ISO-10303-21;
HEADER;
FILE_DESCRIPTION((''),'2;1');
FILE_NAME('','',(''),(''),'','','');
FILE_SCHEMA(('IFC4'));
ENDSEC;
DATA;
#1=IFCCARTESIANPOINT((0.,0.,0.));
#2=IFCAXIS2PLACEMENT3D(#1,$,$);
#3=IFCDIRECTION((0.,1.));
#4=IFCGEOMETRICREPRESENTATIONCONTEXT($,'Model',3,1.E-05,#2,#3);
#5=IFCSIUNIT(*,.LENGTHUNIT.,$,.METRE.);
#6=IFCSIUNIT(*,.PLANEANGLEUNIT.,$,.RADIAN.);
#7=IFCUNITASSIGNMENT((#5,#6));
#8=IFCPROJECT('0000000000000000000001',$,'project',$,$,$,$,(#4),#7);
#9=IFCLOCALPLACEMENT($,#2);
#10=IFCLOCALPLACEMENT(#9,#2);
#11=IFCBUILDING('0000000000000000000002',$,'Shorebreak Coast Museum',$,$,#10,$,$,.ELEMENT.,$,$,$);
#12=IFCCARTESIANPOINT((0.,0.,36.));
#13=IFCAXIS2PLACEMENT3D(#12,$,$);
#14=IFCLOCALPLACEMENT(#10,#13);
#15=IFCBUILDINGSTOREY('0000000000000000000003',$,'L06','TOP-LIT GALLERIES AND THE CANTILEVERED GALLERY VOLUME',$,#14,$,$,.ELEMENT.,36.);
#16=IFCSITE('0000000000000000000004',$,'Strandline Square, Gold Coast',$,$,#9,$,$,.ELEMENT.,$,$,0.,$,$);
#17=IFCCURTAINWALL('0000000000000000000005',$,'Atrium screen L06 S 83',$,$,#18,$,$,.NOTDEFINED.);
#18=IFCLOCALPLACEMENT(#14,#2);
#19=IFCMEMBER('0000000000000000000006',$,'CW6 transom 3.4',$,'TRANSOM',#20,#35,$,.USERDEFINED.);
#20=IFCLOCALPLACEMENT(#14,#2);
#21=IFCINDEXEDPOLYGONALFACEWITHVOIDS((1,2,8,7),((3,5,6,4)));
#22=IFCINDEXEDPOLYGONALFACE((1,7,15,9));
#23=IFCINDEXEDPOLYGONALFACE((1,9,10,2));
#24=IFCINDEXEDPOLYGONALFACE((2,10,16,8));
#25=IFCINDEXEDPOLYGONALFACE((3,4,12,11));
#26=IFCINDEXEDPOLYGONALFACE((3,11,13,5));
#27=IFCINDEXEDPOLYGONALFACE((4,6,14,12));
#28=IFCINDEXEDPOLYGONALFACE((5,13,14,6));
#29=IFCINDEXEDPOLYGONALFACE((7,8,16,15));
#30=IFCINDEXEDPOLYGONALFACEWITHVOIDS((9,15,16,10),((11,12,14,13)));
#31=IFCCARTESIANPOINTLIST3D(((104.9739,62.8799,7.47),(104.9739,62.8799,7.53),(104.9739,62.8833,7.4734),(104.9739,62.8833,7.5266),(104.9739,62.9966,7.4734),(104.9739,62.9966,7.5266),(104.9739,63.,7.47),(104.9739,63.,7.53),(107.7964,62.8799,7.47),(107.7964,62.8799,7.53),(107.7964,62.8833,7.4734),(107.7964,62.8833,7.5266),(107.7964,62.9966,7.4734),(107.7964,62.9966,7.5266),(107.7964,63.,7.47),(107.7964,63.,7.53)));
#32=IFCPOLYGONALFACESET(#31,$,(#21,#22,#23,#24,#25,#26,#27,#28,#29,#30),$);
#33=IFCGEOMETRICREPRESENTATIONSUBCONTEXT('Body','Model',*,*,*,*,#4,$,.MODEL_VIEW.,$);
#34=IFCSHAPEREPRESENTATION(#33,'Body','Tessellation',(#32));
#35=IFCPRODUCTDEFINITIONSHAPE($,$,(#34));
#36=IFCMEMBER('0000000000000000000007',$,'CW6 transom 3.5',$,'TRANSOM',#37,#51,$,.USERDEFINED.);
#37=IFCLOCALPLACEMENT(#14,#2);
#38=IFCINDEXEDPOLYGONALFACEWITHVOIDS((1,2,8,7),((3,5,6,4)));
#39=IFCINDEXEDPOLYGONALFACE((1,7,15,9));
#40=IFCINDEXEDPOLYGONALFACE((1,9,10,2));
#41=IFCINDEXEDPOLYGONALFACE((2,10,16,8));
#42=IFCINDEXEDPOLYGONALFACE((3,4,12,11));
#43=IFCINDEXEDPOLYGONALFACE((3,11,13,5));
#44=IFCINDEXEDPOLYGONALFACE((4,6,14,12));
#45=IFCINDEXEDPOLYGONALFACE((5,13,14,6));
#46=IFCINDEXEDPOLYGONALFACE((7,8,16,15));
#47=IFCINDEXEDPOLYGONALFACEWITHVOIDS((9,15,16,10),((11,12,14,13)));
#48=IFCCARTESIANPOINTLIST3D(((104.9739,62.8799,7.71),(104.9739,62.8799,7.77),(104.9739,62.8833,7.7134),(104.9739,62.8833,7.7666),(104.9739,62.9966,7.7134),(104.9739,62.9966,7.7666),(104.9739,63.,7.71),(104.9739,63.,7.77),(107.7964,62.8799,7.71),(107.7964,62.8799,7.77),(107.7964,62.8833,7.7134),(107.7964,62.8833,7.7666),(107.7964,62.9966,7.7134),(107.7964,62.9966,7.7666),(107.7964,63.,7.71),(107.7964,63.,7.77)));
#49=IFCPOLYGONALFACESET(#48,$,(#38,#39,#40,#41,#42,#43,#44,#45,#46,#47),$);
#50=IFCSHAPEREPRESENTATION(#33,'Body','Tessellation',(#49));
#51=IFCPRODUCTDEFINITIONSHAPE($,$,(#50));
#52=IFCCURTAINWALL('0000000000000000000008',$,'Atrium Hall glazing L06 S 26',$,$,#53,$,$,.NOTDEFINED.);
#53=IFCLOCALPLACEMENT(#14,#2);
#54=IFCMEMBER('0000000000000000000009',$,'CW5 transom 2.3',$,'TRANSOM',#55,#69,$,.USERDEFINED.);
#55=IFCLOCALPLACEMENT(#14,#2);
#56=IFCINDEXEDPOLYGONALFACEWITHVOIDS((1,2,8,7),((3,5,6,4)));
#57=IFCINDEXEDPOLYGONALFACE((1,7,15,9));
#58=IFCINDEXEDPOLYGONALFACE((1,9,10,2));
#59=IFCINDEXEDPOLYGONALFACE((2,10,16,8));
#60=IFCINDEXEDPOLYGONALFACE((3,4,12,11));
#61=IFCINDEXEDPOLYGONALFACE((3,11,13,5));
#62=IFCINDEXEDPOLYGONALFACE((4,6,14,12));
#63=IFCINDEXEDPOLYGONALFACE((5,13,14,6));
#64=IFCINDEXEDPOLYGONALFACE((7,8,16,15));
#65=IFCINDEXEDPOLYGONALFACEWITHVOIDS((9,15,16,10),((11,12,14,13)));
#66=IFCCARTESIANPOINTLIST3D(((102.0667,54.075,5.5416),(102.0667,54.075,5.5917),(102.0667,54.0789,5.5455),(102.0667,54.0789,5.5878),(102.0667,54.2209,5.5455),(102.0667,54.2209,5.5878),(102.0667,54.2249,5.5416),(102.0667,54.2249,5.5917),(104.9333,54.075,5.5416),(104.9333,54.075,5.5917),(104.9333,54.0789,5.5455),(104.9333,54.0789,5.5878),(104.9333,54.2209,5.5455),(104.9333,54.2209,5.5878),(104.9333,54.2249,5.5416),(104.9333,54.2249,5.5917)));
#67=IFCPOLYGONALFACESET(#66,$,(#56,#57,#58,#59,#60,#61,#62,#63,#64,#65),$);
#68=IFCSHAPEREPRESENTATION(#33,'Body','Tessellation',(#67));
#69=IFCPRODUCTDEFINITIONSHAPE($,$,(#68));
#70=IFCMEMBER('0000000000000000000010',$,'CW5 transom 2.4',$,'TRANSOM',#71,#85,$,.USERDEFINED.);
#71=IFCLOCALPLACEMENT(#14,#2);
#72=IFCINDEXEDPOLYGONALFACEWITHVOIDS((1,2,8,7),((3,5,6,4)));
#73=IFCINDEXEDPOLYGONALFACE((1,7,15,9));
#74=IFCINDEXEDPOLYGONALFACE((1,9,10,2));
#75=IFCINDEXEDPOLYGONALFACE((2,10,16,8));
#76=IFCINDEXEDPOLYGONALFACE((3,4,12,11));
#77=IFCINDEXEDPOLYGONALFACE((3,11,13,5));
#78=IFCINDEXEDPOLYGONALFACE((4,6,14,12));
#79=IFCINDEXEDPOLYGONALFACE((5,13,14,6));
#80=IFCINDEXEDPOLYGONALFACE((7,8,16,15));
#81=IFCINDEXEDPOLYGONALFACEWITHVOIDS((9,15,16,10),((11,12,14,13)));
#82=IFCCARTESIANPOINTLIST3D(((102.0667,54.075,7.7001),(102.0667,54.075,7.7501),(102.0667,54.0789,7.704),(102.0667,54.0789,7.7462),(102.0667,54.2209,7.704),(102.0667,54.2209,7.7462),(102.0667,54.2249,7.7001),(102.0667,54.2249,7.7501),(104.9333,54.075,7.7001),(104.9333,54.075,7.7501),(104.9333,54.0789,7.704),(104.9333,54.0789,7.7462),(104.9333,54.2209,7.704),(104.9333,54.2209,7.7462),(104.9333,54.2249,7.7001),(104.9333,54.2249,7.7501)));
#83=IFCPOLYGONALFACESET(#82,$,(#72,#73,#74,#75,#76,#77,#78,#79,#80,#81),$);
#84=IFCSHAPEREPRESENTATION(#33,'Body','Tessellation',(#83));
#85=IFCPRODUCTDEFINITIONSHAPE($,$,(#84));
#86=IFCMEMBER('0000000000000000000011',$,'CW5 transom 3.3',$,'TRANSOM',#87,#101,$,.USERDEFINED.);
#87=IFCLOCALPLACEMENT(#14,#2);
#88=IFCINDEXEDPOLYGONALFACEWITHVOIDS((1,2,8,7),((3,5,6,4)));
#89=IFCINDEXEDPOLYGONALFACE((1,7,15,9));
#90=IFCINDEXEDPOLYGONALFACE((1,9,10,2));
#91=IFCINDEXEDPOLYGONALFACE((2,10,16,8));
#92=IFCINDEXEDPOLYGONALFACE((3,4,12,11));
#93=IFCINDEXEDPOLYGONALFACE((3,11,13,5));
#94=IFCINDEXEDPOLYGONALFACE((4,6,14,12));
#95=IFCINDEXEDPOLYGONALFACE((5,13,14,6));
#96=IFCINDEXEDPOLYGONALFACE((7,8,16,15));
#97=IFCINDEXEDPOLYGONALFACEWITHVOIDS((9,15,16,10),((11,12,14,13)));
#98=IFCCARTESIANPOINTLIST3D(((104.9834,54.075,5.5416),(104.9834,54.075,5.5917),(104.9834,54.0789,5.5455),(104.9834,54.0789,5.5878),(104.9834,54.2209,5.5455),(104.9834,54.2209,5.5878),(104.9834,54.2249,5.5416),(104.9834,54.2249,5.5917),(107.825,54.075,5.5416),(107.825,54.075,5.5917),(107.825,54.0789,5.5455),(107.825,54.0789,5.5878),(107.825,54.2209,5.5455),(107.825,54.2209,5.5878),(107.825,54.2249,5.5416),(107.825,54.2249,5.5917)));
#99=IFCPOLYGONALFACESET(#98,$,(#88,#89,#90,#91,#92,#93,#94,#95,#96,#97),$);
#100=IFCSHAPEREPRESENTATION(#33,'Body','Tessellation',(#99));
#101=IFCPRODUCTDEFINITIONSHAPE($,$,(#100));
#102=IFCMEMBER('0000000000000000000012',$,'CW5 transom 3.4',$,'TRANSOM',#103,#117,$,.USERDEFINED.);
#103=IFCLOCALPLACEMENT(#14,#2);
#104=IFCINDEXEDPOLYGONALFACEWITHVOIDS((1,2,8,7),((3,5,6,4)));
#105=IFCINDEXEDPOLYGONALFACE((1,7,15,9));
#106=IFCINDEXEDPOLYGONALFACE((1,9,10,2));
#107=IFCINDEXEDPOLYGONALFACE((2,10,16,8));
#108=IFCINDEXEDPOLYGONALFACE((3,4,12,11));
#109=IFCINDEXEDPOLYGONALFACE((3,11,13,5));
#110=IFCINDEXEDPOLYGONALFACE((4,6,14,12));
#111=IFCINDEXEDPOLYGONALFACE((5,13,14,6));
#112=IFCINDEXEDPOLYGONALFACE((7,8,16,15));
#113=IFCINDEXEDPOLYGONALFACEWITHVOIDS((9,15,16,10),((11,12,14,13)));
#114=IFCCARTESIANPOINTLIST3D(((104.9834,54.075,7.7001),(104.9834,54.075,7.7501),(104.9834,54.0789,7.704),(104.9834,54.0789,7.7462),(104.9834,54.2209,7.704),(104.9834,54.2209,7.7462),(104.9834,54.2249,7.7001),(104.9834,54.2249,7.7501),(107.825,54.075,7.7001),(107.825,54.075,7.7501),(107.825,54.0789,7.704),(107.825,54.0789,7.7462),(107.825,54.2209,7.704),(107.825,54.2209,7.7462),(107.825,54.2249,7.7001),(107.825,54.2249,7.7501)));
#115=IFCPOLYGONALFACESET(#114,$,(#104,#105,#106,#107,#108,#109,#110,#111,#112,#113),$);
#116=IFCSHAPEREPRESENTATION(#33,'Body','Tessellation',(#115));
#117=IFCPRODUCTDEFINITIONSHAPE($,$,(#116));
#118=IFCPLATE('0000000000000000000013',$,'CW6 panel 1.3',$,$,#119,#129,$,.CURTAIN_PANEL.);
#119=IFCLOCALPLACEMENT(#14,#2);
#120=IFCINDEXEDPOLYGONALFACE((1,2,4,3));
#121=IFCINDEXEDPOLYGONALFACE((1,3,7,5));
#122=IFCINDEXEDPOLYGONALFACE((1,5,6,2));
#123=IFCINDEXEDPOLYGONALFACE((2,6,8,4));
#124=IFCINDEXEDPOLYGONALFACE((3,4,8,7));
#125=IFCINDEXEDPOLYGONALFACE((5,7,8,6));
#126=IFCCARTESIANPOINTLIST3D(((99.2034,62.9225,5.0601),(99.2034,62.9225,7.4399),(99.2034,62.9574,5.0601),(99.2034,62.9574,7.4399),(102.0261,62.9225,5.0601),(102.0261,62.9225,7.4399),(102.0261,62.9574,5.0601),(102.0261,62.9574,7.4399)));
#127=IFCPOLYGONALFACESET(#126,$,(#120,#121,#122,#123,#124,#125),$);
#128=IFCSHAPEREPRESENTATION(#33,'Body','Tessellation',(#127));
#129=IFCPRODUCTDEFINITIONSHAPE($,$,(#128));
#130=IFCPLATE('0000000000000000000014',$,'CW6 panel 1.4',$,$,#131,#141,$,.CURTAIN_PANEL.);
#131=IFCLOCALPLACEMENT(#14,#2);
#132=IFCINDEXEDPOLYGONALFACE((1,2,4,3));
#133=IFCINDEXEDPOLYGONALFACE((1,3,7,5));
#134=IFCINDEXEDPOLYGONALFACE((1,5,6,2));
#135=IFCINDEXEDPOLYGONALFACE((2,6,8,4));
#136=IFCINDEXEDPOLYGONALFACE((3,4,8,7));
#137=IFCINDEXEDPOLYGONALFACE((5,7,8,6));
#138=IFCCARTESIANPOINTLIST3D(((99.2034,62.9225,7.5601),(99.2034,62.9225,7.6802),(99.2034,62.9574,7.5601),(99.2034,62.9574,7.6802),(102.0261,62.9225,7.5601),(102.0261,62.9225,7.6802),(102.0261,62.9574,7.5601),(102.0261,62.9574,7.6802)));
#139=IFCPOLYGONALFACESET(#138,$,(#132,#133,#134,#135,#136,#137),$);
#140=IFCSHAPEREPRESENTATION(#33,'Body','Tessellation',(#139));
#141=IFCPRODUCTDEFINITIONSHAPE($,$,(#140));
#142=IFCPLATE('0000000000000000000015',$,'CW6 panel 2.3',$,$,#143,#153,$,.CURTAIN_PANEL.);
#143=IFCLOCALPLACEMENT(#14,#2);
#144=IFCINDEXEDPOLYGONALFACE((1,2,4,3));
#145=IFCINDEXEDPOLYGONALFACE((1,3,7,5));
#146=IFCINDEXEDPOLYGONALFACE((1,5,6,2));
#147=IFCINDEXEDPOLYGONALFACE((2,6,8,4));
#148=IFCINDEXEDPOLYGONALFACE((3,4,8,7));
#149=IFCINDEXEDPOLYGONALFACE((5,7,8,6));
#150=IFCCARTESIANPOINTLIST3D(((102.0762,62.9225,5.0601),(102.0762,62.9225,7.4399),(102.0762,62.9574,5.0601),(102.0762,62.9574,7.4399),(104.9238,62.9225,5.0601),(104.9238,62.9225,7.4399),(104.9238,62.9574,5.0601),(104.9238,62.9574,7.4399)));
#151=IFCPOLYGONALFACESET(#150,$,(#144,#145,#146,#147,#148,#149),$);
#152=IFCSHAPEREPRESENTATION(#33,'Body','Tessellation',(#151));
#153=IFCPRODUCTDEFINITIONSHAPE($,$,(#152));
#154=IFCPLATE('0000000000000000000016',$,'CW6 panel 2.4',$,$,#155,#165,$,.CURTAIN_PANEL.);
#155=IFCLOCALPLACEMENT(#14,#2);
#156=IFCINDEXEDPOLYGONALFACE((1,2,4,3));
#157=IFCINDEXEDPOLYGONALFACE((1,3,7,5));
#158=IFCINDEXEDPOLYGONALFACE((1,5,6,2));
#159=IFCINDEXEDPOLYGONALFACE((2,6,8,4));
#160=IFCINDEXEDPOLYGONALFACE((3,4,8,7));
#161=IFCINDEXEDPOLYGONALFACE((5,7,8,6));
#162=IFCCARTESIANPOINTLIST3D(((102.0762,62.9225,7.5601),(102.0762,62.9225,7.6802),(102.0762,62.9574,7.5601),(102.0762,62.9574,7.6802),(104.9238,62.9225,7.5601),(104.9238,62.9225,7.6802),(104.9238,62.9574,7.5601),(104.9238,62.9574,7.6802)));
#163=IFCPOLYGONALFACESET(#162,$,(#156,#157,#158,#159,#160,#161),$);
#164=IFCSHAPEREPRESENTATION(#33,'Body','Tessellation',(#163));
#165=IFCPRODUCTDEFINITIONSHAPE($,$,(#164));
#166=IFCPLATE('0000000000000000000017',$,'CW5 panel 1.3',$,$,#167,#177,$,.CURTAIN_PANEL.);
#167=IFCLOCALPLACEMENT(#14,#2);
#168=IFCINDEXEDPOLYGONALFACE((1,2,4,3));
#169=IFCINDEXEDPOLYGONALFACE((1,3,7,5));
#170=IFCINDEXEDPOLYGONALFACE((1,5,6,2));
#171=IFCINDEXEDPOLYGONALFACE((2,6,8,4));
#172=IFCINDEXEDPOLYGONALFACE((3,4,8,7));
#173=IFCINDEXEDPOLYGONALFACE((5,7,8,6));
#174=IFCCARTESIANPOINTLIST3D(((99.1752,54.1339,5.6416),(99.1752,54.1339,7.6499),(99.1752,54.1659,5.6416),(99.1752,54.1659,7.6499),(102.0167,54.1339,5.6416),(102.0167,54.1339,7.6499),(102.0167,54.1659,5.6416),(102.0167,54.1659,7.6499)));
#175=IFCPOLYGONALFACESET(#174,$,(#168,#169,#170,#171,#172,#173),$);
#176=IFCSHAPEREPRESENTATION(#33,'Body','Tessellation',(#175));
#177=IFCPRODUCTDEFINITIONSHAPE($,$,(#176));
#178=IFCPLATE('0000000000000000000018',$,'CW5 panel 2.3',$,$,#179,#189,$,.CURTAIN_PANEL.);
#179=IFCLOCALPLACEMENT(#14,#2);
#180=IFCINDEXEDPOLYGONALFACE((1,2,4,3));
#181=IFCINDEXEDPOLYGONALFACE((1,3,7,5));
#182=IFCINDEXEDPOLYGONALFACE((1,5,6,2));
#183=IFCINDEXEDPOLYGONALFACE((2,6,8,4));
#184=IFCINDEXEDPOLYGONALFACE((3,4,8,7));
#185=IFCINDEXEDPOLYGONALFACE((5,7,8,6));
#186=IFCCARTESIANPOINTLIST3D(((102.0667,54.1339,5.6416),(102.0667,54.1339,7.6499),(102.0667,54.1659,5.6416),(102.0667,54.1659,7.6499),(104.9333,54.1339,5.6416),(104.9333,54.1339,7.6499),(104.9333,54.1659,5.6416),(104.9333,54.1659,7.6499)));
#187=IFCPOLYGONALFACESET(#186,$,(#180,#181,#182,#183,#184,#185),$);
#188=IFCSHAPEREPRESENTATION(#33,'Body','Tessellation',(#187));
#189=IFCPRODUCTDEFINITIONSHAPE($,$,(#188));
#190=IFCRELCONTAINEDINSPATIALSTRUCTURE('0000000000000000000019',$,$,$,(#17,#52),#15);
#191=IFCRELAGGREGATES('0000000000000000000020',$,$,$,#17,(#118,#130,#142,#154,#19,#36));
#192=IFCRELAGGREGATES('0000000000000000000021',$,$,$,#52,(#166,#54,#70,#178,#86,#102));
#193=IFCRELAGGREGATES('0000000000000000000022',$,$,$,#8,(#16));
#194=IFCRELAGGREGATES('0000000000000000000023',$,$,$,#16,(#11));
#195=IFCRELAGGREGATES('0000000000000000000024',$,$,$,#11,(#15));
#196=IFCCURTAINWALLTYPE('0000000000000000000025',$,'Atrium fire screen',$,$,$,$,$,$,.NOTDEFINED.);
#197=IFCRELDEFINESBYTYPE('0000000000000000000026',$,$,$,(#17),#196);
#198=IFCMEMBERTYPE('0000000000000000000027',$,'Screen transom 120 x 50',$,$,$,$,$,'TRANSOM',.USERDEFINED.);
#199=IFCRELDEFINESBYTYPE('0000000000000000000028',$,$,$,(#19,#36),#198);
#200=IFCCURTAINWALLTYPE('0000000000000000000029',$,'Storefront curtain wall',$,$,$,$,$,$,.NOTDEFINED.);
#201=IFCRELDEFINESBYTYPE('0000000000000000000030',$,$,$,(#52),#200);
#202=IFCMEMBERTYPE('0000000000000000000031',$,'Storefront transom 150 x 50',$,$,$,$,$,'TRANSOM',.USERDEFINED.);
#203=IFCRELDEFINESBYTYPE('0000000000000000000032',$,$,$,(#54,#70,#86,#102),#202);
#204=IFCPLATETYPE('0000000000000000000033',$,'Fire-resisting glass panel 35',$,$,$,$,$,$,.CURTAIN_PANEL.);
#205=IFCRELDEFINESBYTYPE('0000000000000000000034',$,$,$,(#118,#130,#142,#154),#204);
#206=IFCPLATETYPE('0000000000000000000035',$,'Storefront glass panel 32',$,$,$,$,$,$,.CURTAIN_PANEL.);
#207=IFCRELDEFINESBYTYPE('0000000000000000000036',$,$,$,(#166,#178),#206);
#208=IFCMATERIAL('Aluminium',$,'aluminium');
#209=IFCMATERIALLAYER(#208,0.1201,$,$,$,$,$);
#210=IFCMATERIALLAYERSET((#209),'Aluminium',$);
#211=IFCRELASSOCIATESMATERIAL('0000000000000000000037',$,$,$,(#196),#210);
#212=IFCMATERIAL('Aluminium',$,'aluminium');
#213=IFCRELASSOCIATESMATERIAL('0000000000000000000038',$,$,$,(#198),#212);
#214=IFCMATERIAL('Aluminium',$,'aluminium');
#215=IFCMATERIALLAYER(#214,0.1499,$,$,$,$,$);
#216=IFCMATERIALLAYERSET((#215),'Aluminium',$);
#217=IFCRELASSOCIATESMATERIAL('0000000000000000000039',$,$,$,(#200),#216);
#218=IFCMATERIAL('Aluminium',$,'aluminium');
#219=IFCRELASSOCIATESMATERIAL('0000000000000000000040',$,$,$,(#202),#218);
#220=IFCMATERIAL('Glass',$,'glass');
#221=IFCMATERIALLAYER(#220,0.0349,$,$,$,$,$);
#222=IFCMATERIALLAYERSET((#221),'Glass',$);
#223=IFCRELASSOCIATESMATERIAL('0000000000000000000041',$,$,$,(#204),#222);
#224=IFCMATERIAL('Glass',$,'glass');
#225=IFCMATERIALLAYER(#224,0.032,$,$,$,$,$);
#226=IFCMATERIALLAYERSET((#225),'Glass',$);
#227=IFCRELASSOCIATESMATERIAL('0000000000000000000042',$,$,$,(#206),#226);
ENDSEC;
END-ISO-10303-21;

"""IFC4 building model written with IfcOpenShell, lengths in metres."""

from ifc_helpers import new_model, si_unit, direction, frame, origin, origin_2d, place, context, subcontext, project, spatial, rectangle, hollow_rectangle, extrude, material, layer, layer_set, material_profile, profile_set, type_object, element, aggregate, save


model = new_model("IFC4")

# Units and contexts
model_context = context("Model", 3, precision=1e-05, world=origin(), true_north=direction((0.0, 1.0)))
body_context = subcontext(model_context, "Body", "Model", "MODEL_VIEW")
ifc_project = project(units=[si_unit("LENGTHUNIT", "METRE"), si_unit("PLANEANGLEUNIT", "RADIAN")], contexts=[model_context])

# Site, building, storey
site_placement = place(None, origin())
site = spatial("IfcSite", under=ifc_project, at=site_placement, Name="Strandline Square, Gold Coast", CompositionType="ELEMENT", RefElevation=0.0)
building_placement = place(site_placement, origin())
building = spatial("IfcBuilding", under=site, at=building_placement, Name="Shorebreak Coast Museum", CompositionType="ELEMENT")
storey_placement = place(building_placement, frame((0.0, 0.0, 36.0)))
storey = spatial("IfcBuildingStorey", under=building, at=storey_placement, Name="L06", Description="TOP-LIT GALLERIES AND THE CANTILEVERED GALLERY VOLUME", CompositionType="ELEMENT", Elevation=36.0)

# Curtain walls, members
ifc_material_1 = material(Name="Aluminium", Category="aluminium")
ifc_layer_1 = layer(ifc_material_1, 0.1201)
ifc_layer_set_1 = layer_set([ifc_layer_1], Name="Aluminium")
curtain_wall_type_1 = type_object("IfcCurtainWallType", Name="Atrium fire screen", PredefinedType="NOTDEFINED", material=ifc_layer_set_1)
curtain_wall_1_placement = place(storey_placement, origin())
curtain_wall_1 = element("IfcCurtainWall", 1, at=curtain_wall_1_placement, inside=storey, type_object=curtain_wall_type_1, Name="Atrium screen L06 S 83", PredefinedType="NOTDEFINED")
ifc_material_2 = material(Name="Aluminium", Category="aluminium")
ifc_material_profile_1 = material_profile(ifc_material_2, hollow_rectangle(XDim=0.1201, YDim=0.0601, WallThickness=0.0034, at=origin_2d()), Name="AL 60x120 RHS")
ifc_profile_set_1 = profile_set([ifc_material_profile_1], Name="Aluminium")
member_type_1 = type_object("IfcMemberType", Name="Screen transom 120 x 50", ElementType="TRANSOM", PredefinedType="USERDEFINED", material=ifc_profile_set_1)
member_1_placement = place(storey_placement, frame((104.9739, 62.9399, 7.5), z_axis=(1.0, 0.0, 0.0), x_axis=(0.0, 1.0, 0.0)))
member_1 = element("IfcMember", 2, at=member_1_placement, type_object=member_type_1, Name="CW6 transom 3.4", ObjectType="TRANSOM", PredefinedType="USERDEFINED", context=body_context, shape_type="SweptSolid", body=[
    extrude(hollow_rectangle(XDim=0.1201, YDim=0.0601, WallThickness=0.0034, at=origin_2d()), origin(), (0.0, 0.0, 1.0), 2.8225),
])
member_2_placement = place(storey_placement, frame((104.9739, 62.9399, 7.74), z_axis=(1.0, 0.0, 0.0), x_axis=(0.0, 1.0, 0.0)))
member_2 = element("IfcMember", 3, at=member_2_placement, type_object=member_type_1, Name="CW6 transom 3.5", ObjectType="TRANSOM", PredefinedType="USERDEFINED", context=body_context, shape_type="SweptSolid", body=[
    extrude(hollow_rectangle(XDim=0.1201, YDim=0.0601, WallThickness=0.0034, at=origin_2d()), origin(), (0.0, 0.0, 1.0), 2.8225),
])
ifc_material_3 = material(Name="Aluminium", Category="aluminium")
ifc_layer_2 = layer(ifc_material_3, 0.1499)
ifc_layer_set_2 = layer_set([ifc_layer_2], Name="Aluminium")
curtain_wall_type_2 = type_object("IfcCurtainWallType", Name="Storefront curtain wall", PredefinedType="NOTDEFINED", material=ifc_layer_set_2)
curtain_wall_2_placement = place(storey_placement, origin())
curtain_wall_2 = element("IfcCurtainWall", 4, at=curtain_wall_2_placement, inside=storey, type_object=curtain_wall_type_2, Name="Atrium Hall glazing L06 S 26", PredefinedType="NOTDEFINED")
ifc_material_4 = material(Name="Aluminium", Category="aluminium")
ifc_material_profile_2 = material_profile(ifc_material_4, hollow_rectangle(XDim=0.1499, YDim=0.05, WallThickness=0.0039, at=origin_2d()), Name="AL 50x150 RHS")
ifc_profile_set_2 = profile_set([ifc_material_profile_2], Name="Aluminium")
member_type_2 = type_object("IfcMemberType", Name="Storefront transom 150 x 50", ElementType="TRANSOM", PredefinedType="USERDEFINED", material=ifc_profile_set_2)
member_3_placement = place(storey_placement, frame((102.0667, 54.1499, 5.5667), z_axis=(1.0, 0.0, 0.0), x_axis=(0.0, 1.0, 0.0)))
member_3 = element("IfcMember", 5, at=member_3_placement, type_object=member_type_2, Name="CW5 transom 2.3", ObjectType="TRANSOM", PredefinedType="USERDEFINED", context=body_context, shape_type="SweptSolid", body=[
    extrude(hollow_rectangle(XDim=0.1499, YDim=0.05, WallThickness=0.0039, at=origin_2d()), origin(), (0.0, 0.0, 1.0), 2.8667),
])
member_4_placement = place(storey_placement, frame((102.0667, 54.1499, 7.7251), z_axis=(1.0, 0.0, 0.0), x_axis=(0.0, 1.0, 0.0)))
member_4 = element("IfcMember", 6, at=member_4_placement, type_object=member_type_2, Name="CW5 transom 2.4", ObjectType="TRANSOM", PredefinedType="USERDEFINED", context=body_context, shape_type="SweptSolid", body=[
    extrude(hollow_rectangle(XDim=0.1499, YDim=0.05, WallThickness=0.0039, at=origin_2d()), origin(), (0.0, 0.0, 1.0), 2.8667),
])
member_5_placement = place(storey_placement, frame((104.9834, 54.1499, 5.5667), z_axis=(1.0, 0.0, 0.0), x_axis=(0.0, 1.0, 0.0)))
member_5 = element("IfcMember", 7, at=member_5_placement, type_object=member_type_2, Name="CW5 transom 3.3", ObjectType="TRANSOM", PredefinedType="USERDEFINED", context=body_context, shape_type="SweptSolid", body=[
    extrude(hollow_rectangle(XDim=0.1499, YDim=0.05, WallThickness=0.0039, at=origin_2d()), origin(), (0.0, 0.0, 1.0), 2.8416),
])
member_6_placement = place(storey_placement, frame((104.9834, 54.1499, 7.7251), z_axis=(1.0, 0.0, 0.0), x_axis=(0.0, 1.0, 0.0)))
member_6 = element("IfcMember", 8, at=member_6_placement, type_object=member_type_2, Name="CW5 transom 3.4", ObjectType="TRANSOM", PredefinedType="USERDEFINED", context=body_context, shape_type="SweptSolid", body=[
    extrude(hollow_rectangle(XDim=0.1499, YDim=0.05, WallThickness=0.0039, at=origin_2d()), origin(), (0.0, 0.0, 1.0), 2.8416),
])

# Plates
ifc_material_5 = material(Name="Glass", Category="glass")
ifc_layer_3 = layer(ifc_material_5, 0.0349)
ifc_layer_set_3 = layer_set([ifc_layer_3], Name="Glass")
plate_type_1 = type_object("IfcPlateType", Name="Fire-resisting glass panel 35", PredefinedType="CURTAIN_PANEL", material=ifc_layer_set_3)
plate_1_placement = place(storey_placement, frame((100.6147, 62.9399, 5.0601), z_axis=(0.0, 0.0, 1.0), x_axis=(1.0, 0.0, 0.0)))
plate_1 = element("IfcPlate", 9, at=plate_1_placement, type_object=plate_type_1, Name="CW6 panel 1.3", PredefinedType="CURTAIN_PANEL", context=body_context, shape_type="SweptSolid", body=[
    extrude(rectangle(XDim=2.8228, YDim=0.0349, at=origin_2d()), origin(), (0.0, 0.0, 1.0), 2.3799),
])
plate_2_placement = place(storey_placement, frame((100.6147, 62.9399, 7.5601), z_axis=(0.0, 0.0, 1.0), x_axis=(1.0, 0.0, 0.0)))
plate_2 = element("IfcPlate", 10, at=plate_2_placement, type_object=plate_type_1, Name="CW6 panel 1.4", PredefinedType="CURTAIN_PANEL", context=body_context, shape_type="SweptSolid", body=[
    extrude(rectangle(XDim=2.8228, YDim=0.0349, at=origin_2d()), origin(), (0.0, 0.0, 1.0), 0.1201),
])
plate_3_placement = place(storey_placement, frame((103.5, 62.9399, 5.0601), z_axis=(0.0, 0.0, 1.0), x_axis=(1.0, 0.0, 0.0)))
plate_3 = element("IfcPlate", 11, at=plate_3_placement, type_object=plate_type_1, Name="CW6 panel 2.3", PredefinedType="CURTAIN_PANEL", context=body_context, shape_type="SweptSolid", body=[
    extrude(rectangle(XDim=2.8477, YDim=0.0349, at=origin_2d()), origin(), (0.0, 0.0, 1.0), 2.3799),
])
plate_4_placement = place(storey_placement, frame((103.5, 62.9399, 7.5601), z_axis=(0.0, 0.0, 1.0), x_axis=(1.0, 0.0, 0.0)))
plate_4 = element("IfcPlate", 12, at=plate_4_placement, type_object=plate_type_1, Name="CW6 panel 2.4", PredefinedType="CURTAIN_PANEL", context=body_context, shape_type="SweptSolid", body=[
    extrude(rectangle(XDim=2.8477, YDim=0.0349, at=origin_2d()), origin(), (0.0, 0.0, 1.0), 0.1201),
])
aggregate(curtain_wall_1, [plate_1, plate_2, plate_3, plate_4, member_1, member_2])
ifc_material_6 = material(Name="Glass", Category="glass")
ifc_layer_4 = layer(ifc_material_6, 0.032)
ifc_layer_set_4 = layer_set([ifc_layer_4], Name="Glass")
plate_type_2 = type_object("IfcPlateType", Name="Storefront glass panel 32", PredefinedType="CURTAIN_PANEL", material=ifc_layer_set_4)
plate_5_placement = place(storey_placement, frame((100.5959, 54.1499, 5.6416), z_axis=(0.0, 0.0, 1.0), x_axis=(1.0, 0.0, 0.0)))
plate_5 = element("IfcPlate", 13, at=plate_5_placement, type_object=plate_type_2, Name="CW5 panel 1.3", PredefinedType="CURTAIN_PANEL", context=body_context, shape_type="SweptSolid", body=[
    extrude(rectangle(XDim=2.8416, YDim=0.032, at=origin_2d()), origin(), (0.0, 0.0, 1.0), 2.0083),
])
plate_6_placement = place(storey_placement, frame((103.5, 54.1499, 5.6416), z_axis=(0.0, 0.0, 1.0), x_axis=(1.0, 0.0, 0.0)))
plate_6 = element("IfcPlate", 14, at=plate_6_placement, type_object=plate_type_2, Name="CW5 panel 2.3", PredefinedType="CURTAIN_PANEL", context=body_context, shape_type="SweptSolid", body=[
    extrude(rectangle(XDim=2.8667, YDim=0.032, at=origin_2d()), origin(), (0.0, 0.0, 1.0), 2.0083),
])
aggregate(curtain_wall_2, [plate_5, member_3, member_4, plate_6, member_5, member_6])

save(model, "model.ifc")
